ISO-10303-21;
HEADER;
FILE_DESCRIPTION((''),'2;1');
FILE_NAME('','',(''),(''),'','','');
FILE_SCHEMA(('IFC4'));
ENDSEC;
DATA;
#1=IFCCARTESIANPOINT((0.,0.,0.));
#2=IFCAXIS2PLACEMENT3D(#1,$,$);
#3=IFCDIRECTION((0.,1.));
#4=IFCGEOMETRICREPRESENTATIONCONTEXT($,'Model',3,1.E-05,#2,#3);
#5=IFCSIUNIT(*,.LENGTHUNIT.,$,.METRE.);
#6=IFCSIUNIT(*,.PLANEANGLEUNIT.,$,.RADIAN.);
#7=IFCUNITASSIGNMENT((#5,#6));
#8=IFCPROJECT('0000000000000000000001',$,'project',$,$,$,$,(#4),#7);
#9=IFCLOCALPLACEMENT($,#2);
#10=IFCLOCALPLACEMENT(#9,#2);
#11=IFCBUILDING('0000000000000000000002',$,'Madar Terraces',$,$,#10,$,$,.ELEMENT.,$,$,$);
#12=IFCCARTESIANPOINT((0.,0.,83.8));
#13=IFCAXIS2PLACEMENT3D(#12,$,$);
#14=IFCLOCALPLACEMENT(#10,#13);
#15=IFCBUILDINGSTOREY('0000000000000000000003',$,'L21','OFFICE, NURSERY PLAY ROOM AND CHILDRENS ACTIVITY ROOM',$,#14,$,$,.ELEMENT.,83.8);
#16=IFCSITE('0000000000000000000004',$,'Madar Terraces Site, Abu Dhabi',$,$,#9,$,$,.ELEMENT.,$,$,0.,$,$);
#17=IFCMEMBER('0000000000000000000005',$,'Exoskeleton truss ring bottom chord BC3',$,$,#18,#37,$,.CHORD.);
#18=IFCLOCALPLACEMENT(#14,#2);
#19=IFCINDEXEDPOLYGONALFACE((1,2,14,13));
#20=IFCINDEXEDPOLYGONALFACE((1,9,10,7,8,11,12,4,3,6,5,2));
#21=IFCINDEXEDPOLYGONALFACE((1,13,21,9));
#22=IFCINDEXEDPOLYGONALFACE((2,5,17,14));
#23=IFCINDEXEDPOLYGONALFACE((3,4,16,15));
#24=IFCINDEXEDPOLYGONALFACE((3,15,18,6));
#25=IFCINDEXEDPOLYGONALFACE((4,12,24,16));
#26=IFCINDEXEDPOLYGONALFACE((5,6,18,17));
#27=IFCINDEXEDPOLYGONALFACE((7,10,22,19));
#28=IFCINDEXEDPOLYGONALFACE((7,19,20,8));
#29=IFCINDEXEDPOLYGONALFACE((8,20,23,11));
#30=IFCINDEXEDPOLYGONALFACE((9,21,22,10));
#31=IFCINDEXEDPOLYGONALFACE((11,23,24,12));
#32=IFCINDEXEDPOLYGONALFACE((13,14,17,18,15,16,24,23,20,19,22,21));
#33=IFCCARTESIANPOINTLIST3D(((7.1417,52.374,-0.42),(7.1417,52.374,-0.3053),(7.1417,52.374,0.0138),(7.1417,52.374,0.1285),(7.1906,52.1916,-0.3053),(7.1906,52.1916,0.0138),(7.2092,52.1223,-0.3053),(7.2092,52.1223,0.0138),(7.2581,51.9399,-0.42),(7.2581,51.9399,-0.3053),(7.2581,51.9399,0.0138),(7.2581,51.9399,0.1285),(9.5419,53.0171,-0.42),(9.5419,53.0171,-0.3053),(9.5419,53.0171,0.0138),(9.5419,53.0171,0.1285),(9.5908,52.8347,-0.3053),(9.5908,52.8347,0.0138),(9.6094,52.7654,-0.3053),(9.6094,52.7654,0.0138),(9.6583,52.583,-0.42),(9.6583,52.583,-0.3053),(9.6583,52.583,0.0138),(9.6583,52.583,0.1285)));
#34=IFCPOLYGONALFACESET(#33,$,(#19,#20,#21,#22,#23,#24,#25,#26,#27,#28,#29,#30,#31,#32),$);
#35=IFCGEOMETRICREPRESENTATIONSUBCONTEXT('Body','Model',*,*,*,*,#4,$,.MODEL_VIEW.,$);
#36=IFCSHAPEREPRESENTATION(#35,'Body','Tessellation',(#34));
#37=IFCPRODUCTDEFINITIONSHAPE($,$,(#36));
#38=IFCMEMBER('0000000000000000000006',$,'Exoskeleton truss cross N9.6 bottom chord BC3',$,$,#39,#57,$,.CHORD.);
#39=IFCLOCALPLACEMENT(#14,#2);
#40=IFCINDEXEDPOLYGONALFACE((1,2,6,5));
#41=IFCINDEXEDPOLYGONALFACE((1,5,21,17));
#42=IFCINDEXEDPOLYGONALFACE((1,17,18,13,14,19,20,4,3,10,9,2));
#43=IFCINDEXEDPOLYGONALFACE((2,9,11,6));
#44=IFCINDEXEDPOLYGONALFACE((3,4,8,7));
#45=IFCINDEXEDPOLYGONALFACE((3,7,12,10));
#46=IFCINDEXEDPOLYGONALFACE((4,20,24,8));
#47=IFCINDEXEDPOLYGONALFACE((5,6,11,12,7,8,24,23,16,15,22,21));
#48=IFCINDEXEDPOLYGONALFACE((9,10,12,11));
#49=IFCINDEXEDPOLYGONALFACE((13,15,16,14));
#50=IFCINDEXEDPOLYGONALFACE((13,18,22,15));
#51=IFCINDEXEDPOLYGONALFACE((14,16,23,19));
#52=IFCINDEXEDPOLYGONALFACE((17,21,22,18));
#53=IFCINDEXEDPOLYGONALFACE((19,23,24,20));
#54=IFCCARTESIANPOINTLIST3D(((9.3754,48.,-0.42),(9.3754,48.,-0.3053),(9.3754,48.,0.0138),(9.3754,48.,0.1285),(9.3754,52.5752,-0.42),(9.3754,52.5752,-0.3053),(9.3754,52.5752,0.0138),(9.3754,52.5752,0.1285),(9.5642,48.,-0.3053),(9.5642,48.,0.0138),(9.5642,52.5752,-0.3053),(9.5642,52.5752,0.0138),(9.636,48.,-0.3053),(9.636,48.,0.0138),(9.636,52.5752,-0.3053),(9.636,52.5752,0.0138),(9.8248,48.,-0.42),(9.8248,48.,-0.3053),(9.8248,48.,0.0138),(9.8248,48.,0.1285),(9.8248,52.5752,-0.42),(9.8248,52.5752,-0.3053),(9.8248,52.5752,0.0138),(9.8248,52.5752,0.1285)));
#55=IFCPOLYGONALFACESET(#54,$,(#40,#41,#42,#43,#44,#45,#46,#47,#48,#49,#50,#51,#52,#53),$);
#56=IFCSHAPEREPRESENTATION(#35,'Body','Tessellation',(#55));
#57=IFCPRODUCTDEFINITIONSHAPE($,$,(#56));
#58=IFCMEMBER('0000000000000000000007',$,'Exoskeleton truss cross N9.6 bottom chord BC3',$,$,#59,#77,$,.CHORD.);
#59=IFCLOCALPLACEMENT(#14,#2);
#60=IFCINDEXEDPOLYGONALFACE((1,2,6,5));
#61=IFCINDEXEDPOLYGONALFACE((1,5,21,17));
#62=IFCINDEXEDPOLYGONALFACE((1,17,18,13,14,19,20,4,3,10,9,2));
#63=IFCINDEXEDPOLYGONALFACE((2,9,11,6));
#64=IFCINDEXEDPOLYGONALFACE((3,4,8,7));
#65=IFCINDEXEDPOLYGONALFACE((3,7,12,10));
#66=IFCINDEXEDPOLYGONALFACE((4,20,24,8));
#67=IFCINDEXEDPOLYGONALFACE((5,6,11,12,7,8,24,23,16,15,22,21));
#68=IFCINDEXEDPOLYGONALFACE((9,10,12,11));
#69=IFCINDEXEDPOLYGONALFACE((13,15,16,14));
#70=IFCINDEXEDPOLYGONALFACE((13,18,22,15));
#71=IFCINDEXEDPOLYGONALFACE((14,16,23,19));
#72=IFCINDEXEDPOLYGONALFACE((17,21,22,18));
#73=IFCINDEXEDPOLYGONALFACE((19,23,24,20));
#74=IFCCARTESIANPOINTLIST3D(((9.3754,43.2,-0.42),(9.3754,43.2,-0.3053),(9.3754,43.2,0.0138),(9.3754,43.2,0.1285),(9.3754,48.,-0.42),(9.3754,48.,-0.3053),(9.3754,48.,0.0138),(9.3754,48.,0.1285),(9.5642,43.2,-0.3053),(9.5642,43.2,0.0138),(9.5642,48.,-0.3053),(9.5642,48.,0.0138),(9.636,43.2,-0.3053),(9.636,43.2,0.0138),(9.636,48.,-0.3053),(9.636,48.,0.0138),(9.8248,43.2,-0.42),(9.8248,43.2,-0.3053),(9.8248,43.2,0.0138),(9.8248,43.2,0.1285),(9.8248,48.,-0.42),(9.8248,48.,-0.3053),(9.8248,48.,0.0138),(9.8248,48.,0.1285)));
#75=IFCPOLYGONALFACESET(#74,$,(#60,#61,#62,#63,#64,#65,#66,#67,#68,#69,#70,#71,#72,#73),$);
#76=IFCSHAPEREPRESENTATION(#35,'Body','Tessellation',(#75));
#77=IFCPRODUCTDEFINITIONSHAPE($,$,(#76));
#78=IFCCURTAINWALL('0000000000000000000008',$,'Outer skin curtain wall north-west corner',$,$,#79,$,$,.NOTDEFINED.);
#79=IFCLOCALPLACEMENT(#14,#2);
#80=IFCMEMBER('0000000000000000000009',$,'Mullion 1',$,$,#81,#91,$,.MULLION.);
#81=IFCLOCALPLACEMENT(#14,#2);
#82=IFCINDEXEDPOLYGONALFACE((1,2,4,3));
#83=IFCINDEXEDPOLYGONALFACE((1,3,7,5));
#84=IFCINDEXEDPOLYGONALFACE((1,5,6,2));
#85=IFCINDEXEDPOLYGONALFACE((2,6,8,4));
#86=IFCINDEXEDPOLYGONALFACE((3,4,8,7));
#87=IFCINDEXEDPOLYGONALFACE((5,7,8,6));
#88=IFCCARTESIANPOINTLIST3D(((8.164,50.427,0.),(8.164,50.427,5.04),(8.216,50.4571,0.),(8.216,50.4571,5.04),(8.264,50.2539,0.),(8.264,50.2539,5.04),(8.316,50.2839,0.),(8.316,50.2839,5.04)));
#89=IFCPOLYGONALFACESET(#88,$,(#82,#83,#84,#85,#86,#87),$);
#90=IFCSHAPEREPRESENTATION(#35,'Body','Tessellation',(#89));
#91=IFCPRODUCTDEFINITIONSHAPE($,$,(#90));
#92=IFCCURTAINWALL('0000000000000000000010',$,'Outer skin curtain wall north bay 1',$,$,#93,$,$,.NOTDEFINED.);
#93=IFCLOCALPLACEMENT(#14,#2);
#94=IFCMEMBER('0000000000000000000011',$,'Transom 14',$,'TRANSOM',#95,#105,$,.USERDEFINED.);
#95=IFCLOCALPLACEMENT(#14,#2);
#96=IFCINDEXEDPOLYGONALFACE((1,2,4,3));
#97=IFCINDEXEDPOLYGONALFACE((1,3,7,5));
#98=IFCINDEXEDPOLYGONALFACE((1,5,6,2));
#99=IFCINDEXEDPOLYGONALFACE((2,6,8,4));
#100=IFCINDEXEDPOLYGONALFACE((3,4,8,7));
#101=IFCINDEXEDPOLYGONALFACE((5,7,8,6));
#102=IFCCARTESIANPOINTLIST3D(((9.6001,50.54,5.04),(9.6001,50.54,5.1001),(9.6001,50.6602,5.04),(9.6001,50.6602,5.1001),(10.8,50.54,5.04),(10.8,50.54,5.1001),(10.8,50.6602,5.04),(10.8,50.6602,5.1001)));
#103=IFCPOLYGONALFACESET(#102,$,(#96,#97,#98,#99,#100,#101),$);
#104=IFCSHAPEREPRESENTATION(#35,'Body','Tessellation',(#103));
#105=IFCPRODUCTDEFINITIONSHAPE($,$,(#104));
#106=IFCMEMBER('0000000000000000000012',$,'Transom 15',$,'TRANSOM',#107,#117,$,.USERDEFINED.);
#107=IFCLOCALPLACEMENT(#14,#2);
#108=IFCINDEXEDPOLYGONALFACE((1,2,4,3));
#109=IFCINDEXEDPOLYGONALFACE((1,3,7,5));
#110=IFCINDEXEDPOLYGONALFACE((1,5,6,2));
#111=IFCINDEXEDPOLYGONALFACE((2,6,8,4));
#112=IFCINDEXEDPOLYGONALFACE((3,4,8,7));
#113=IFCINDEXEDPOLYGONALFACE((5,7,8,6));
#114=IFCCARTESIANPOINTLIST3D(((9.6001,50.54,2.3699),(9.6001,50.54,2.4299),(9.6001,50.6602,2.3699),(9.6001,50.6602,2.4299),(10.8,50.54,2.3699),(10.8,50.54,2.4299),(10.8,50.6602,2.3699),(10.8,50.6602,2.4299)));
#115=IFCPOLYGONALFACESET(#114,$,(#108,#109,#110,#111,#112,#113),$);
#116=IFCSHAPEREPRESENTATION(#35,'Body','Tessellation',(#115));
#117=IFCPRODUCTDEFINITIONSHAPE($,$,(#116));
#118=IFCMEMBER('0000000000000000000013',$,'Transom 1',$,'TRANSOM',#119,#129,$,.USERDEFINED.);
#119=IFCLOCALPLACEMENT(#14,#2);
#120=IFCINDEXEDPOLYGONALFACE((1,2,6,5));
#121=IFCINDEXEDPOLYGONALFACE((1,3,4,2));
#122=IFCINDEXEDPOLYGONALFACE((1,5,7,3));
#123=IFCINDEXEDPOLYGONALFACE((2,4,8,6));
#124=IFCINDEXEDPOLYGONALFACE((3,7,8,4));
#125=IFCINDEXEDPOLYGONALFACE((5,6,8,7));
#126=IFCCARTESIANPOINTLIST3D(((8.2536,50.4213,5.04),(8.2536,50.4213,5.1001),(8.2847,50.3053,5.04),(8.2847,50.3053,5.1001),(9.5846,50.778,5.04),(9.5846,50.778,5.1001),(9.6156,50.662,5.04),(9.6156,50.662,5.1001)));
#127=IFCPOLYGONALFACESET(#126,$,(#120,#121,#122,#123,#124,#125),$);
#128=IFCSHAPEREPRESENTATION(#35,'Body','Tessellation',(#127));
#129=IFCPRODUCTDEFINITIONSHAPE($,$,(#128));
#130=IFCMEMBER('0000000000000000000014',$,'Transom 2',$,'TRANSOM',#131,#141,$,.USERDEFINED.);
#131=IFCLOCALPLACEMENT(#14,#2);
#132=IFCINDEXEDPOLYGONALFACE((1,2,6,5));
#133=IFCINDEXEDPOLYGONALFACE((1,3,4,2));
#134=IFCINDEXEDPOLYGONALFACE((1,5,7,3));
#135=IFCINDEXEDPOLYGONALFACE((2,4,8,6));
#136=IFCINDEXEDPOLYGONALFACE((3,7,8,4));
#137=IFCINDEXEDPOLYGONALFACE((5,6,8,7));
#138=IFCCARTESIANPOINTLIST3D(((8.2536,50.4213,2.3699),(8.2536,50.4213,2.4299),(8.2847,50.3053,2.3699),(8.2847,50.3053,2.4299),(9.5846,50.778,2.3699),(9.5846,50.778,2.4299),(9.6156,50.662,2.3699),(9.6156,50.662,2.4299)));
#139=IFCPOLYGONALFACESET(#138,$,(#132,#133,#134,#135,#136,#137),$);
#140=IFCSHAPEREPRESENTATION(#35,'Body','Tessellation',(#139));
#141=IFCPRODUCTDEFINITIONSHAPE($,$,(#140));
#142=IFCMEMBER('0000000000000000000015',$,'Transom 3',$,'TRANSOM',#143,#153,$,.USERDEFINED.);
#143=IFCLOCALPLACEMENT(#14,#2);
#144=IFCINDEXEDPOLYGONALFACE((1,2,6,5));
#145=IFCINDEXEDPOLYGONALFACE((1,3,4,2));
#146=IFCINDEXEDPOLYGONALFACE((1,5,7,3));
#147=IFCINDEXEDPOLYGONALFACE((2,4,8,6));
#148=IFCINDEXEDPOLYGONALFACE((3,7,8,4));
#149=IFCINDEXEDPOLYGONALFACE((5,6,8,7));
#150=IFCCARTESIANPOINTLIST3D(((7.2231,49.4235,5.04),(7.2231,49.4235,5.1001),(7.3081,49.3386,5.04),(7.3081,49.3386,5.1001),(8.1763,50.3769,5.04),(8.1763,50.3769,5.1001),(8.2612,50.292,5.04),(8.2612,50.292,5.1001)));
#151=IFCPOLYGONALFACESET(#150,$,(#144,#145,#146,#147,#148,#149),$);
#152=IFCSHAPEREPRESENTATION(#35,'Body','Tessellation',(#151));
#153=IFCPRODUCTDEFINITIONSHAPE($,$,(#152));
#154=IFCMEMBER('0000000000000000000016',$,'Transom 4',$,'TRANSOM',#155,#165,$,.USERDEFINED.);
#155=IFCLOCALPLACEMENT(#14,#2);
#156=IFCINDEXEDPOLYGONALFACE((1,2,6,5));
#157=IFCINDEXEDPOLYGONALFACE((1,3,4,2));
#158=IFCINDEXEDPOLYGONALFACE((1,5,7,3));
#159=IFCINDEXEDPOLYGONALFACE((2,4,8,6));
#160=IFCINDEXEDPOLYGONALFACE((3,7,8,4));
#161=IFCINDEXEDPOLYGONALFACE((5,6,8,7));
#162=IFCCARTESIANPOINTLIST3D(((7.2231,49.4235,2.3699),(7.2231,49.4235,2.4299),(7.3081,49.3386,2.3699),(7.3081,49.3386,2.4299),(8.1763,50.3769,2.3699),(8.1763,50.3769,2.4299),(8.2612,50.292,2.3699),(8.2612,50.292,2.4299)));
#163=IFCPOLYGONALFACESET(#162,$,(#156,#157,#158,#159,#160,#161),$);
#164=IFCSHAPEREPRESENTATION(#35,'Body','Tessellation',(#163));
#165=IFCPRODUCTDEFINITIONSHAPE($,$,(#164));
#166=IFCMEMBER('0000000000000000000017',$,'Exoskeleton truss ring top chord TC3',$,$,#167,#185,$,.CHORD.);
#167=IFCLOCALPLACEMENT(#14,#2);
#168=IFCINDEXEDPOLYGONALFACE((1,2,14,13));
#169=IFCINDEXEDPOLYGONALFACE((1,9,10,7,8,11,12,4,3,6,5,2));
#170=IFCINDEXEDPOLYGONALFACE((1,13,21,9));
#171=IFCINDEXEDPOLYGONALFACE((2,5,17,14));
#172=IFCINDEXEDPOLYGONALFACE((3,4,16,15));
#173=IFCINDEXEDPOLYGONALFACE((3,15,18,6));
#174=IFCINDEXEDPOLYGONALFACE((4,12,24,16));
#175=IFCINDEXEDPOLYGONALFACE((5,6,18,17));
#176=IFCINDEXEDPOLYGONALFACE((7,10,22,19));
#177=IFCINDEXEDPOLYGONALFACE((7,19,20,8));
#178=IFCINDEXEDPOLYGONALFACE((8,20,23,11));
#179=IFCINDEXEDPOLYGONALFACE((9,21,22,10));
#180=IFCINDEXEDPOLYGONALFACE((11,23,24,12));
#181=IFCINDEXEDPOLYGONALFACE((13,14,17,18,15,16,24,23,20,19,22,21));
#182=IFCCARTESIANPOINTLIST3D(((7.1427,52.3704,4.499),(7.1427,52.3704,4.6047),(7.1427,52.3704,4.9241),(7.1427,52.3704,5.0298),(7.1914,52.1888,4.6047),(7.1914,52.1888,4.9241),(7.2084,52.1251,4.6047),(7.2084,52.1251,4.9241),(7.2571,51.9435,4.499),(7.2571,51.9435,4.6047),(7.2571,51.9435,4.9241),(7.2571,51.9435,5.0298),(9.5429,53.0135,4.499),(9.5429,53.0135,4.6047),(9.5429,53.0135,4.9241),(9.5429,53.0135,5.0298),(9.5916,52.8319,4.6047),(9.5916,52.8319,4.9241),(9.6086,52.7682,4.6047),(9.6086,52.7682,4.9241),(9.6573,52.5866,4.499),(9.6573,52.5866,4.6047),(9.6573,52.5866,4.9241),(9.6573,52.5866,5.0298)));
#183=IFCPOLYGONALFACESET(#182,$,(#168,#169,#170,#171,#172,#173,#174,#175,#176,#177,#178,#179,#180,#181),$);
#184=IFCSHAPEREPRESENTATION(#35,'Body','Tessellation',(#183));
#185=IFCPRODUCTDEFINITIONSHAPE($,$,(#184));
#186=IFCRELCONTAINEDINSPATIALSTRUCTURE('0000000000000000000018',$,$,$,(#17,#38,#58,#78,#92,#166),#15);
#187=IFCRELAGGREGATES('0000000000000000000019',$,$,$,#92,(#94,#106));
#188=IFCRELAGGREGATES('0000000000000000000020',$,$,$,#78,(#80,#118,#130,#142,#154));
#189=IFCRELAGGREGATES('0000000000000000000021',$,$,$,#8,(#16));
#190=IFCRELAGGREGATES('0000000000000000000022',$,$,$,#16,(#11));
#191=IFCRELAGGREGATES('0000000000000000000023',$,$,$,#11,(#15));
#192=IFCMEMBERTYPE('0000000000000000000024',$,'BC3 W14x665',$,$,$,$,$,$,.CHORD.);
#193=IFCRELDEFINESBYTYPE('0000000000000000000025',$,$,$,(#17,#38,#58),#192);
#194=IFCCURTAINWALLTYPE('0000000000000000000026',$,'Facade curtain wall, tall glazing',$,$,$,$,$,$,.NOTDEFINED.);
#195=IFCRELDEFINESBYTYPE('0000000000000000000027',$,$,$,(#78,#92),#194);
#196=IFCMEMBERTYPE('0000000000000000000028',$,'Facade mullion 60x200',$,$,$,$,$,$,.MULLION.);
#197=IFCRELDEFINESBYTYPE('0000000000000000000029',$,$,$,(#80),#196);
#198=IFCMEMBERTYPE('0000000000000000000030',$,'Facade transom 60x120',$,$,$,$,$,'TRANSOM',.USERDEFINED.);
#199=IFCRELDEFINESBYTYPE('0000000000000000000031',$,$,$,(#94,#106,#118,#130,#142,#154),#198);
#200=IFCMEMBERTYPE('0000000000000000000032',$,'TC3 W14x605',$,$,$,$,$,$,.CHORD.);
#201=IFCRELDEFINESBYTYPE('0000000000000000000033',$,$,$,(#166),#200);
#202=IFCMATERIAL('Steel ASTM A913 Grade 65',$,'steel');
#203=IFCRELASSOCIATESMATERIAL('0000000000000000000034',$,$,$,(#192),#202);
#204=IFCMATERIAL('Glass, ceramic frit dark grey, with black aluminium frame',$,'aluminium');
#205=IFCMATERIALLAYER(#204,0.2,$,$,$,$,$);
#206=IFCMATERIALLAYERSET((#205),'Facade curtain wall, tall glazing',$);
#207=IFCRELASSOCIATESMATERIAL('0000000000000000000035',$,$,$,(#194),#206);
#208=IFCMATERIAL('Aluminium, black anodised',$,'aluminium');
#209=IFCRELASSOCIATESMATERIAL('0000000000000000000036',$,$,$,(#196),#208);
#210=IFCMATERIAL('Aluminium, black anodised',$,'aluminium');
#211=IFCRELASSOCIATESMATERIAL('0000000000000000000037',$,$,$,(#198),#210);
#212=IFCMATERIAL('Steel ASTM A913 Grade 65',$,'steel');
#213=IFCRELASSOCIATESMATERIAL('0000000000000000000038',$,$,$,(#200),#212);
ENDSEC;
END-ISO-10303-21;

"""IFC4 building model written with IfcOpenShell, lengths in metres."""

from ifc_helpers import new_model, si_unit, direction, frame, origin, origin_2d, place, context, subcontext, project, spatial, rectangle, i_section, extrude, material, layer, layer_set, material_profile, profile_set, type_object, element, aggregate, save


model = new_model("IFC4")

# Units and contexts
model_context = context("Model", 3, precision=1e-05, world=origin(), true_north=direction((0.0, 1.0)))
body_context = subcontext(model_context, "Body", "Model", "MODEL_VIEW")
ifc_project = project(units=[si_unit("LENGTHUNIT", "METRE"), si_unit("PLANEANGLEUNIT", "RADIAN")], contexts=[model_context])

# Site, building, storey
site_placement = place(None, origin())
site = spatial("IfcSite", under=ifc_project, at=site_placement, Name="Madar Terraces Site, Abu Dhabi", CompositionType="ELEMENT", RefElevation=0.0)
building_placement = place(site_placement, origin())
building = spatial("IfcBuilding", under=site, at=building_placement, Name="Madar Terraces", CompositionType="ELEMENT")
storey_placement = place(building_placement, frame((0.0, 0.0, 83.8)))
storey = spatial("IfcBuildingStorey", under=building, at=storey_placement, Name="L21", Description="OFFICE, NURSERY PLAY ROOM AND CHILDRENS ACTIVITY ROOM", CompositionType="ELEMENT", Elevation=83.8)

# Members
ifc_material_1 = material(Name="Steel ASTM A913 Grade 65", Category="steel")
ifc_material_profile_1 = material_profile(ifc_material_1, i_section(OverallWidth=0.4495, OverallDepth=0.5486, WebThickness=0.0718, FlangeThickness=0.1147, at=origin_2d()), Name="W14x665")
ifc_profile_set_1 = profile_set([ifc_material_profile_1], Name="Steel ASTM A913 Grade 65")
member_type_1 = type_object("IfcMemberType", Name="BC3 W14x665", PredefinedType="CHORD", material=ifc_profile_set_1)
member_1_placement = place(storey_placement, frame((9.6001, 52.8, -0.1458), z_axis=(-0.965931, -0.2588, 0.0), x_axis=(0.2588, -0.965931, 0.0)))
element("IfcMember", 1, at=member_1_placement, inside=storey, type_object=member_type_1, Name="Exoskeleton truss ring bottom chord BC3", PredefinedType="CHORD", context=body_context, shape_type="SweptSolid", body=[
    extrude(i_section(OverallWidth=0.4495, OverallDepth=0.5486, WebThickness=0.0718, FlangeThickness=0.1147, at=origin_2d()), origin(), (0.0, 0.0, 1.0), 2.4849),
])
member_2_placement = place(storey_placement, frame((9.6001, 52.5752, -0.1458), z_axis=(0.0, -1.0, 0.0), x_axis=(1.0, 0.0, 0.0)))
element("IfcMember", 2, at=member_2_placement, inside=storey, type_object=member_type_1, Name="Exoskeleton truss cross N9.6 bottom chord BC3", PredefinedType="CHORD", context=body_context, shape_type="SweptSolid", body=[
    extrude(i_section(OverallWidth=0.4495, OverallDepth=0.5486, WebThickness=0.0718, FlangeThickness=0.1147, at=origin_2d()), origin(), (0.0, 0.0, 1.0), 4.5752),
])
member_3_placement = place(storey_placement, frame((9.6001, 48.0, -0.1458), z_axis=(0.0, -1.0, 0.0), x_axis=(1.0, 0.0, 0.0)))
element("IfcMember", 3, at=member_3_placement, inside=storey, type_object=member_type_1, Name="Exoskeleton truss cross N9.6 bottom chord BC3", PredefinedType="CHORD", context=body_context, shape_type="SweptSolid", body=[
    extrude(i_section(OverallWidth=0.4495, OverallDepth=0.5486, WebThickness=0.0718, FlangeThickness=0.1147, at=origin_2d()), origin(), (0.0, 0.0, 1.0), 4.8),
])

# Curtain wall, member
ifc_material_2 = material(Name="Glass, ceramic frit dark grey, with black aluminium frame", Category="aluminium")
ifc_layer_1 = layer(ifc_material_2, 0.2)
ifc_layer_set_1 = layer_set([ifc_layer_1], Name="Facade curtain wall, tall glazing")
curtain_wall_type = type_object("IfcCurtainWallType", Name="Facade curtain wall, tall glazing", PredefinedType="NOTDEFINED", material=ifc_layer_set_1)
curtain_wall_1_placement = place(storey_placement, origin())
curtain_wall_1 = element("IfcCurtainWall", 4, at=curtain_wall_1_placement, inside=storey, type_object=curtain_wall_type, Name="Outer skin curtain wall north-west corner", PredefinedType="NOTDEFINED")
ifc_material_3 = material(Name="Aluminium, black anodised", Category="aluminium")
ifc_material_profile_2 = material_profile(ifc_material_3, rectangle(XDim=0.2, YDim=0.0601, at=origin_2d()), Name="Facade mullion 60x200")
ifc_profile_set_2 = profile_set([ifc_material_profile_2], Name="Aluminium, black anodised")
member_type_2 = type_object("IfcMemberType", Name="Facade mullion 60x200", PredefinedType="MULLION", material=ifc_profile_set_2)
member_4_placement = place(storey_placement, frame((8.24, 50.3555, 0.0), z_axis=(0.0, 0.0, 1.0), x_axis=(0.5, -0.866025, 0.0)))
member_4 = element("IfcMember", 5, at=member_4_placement, type_object=member_type_2, Name="Mullion 1", PredefinedType="MULLION", context=body_context, shape_type="SweptSolid", body=[
    extrude(rectangle(XDim=0.2, YDim=0.0601, at=origin_2d()), origin(), (0.0, 0.0, 1.0), 5.04),
])

# Curtain wall, members
curtain_wall_2_placement = place(storey_placement, origin())
curtain_wall_2 = element("IfcCurtainWall", 6, at=curtain_wall_2_placement, inside=storey, type_object=curtain_wall_type, Name="Outer skin curtain wall north bay 1", PredefinedType="NOTDEFINED")
ifc_material_4 = material(Name="Aluminium, black anodised", Category="aluminium")
ifc_material_profile_3 = material_profile(ifc_material_4, rectangle(XDim=0.1201, YDim=0.0601, at=origin_2d()), Name="Facade transom 60x120")
ifc_profile_set_3 = profile_set([ifc_material_profile_3], Name="Aluminium, black anodised")
member_type_3 = type_object("IfcMemberType", Name="Facade transom 60x120", ElementType="TRANSOM", PredefinedType="USERDEFINED", material=ifc_profile_set_3)
member_5_placement = place(storey_placement, frame((10.8, 50.6001, 5.0701), z_axis=(-1.0, 0.0, 0.0), x_axis=(0.0, -1.0, 0.0)))
member_5 = element("IfcMember", 7, at=member_5_placement, type_object=member_type_3, Name="Transom 14", ObjectType="TRANSOM", PredefinedType="USERDEFINED", context=body_context, shape_type="SweptSolid", body=[
    extrude(rectangle(XDim=0.1201, YDim=0.0601, at=origin_2d()), origin(), (0.0, 0.0, 1.0), 1.2),
])
member_6_placement = place(storey_placement, frame((10.8, 50.6001, 2.3999), z_axis=(-1.0, 0.0, 0.0), x_axis=(0.0, -1.0, 0.0)))
member_6 = element("IfcMember", 8, at=member_6_placement, type_object=member_type_3, Name="Transom 15", ObjectType="TRANSOM", PredefinedType="USERDEFINED", context=body_context, shape_type="SweptSolid", body=[
    extrude(rectangle(XDim=0.1201, YDim=0.0601, at=origin_2d()), origin(), (0.0, 0.0, 1.0), 1.2),
])

# Members
member_7_placement = place(storey_placement, frame((9.6001, 50.72, 5.0701), z_axis=(-0.96592, -0.258842, 0.0), x_axis=(0.258842, -0.96592, 0.0)))
member_7 = element("IfcMember", 9, at=member_7_placement, type_object=member_type_3, Name="Transom 1", ObjectType="TRANSOM", PredefinedType="USERDEFINED", context=body_context, shape_type="SweptSolid", body=[
    extrude(rectangle(XDim=0.1201, YDim=0.0601, at=origin_2d()), origin(), (0.0, 0.0, 1.0), 1.3779),
])
member_8_placement = place(storey_placement, frame((9.6001, 50.72, 2.3999), z_axis=(-0.96592, -0.258842, 0.0), x_axis=(0.258842, -0.96592, 0.0)))
member_8 = element("IfcMember", 10, at=member_8_placement, type_object=member_type_3, Name="Transom 2", ObjectType="TRANSOM", PredefinedType="USERDEFINED", context=body_context, shape_type="SweptSolid", body=[
    extrude(rectangle(XDim=0.1201, YDim=0.0601, at=origin_2d()), origin(), (0.0, 0.0, 1.0), 1.3779),
])
member_9_placement = place(storey_placement, frame((8.2188, 50.3345, 5.0701), z_axis=(-0.707016, -0.707197, 0.0), x_axis=(0.707197, -0.707016, 0.0)))
member_9 = element("IfcMember", 11, at=member_9_placement, type_object=member_type_3, Name="Transom 3", ObjectType="TRANSOM", PredefinedType="USERDEFINED", context=body_context, shape_type="SweptSolid", body=[
    extrude(rectangle(XDim=0.1201, YDim=0.0601, at=origin_2d()), origin(), (0.0, 0.0, 1.0), 1.3481),
])
member_10_placement = place(storey_placement, frame((8.2188, 50.3345, 2.3999), z_axis=(-0.707016, -0.707197, 0.0), x_axis=(0.707197, -0.707016, 0.0)))
member_10 = element("IfcMember", 12, at=member_10_placement, type_object=member_type_3, Name="Transom 4", ObjectType="TRANSOM", PredefinedType="USERDEFINED", context=body_context, shape_type="SweptSolid", body=[
    extrude(rectangle(XDim=0.1201, YDim=0.0601, at=origin_2d()), origin(), (0.0, 0.0, 1.0), 1.3481),
])

# Member
ifc_material_5 = material(Name="Steel ASTM A913 Grade 65", Category="steel")
ifc_material_profile_4 = material_profile(ifc_material_5, i_section(OverallWidth=0.4419, OverallDepth=0.5308, WebThickness=0.0659, FlangeThickness=0.1057, at=origin_2d()), Name="W14x605")
ifc_profile_set_4 = profile_set([ifc_material_profile_4], Name="Steel ASTM A913 Grade 65")
member_type_4 = type_object("IfcMemberType", Name="TC3 W14x605", PredefinedType="CHORD", material=ifc_profile_set_4)
member_11_placement = place(storey_placement, frame((9.6001, 52.8, 4.7644), z_axis=(-0.965931, -0.2588, 0.0), x_axis=(0.2588, -0.965931, 0.0)))
element("IfcMember", 13, at=member_11_placement, inside=storey, type_object=member_type_4, Name="Exoskeleton truss ring top chord TC3", PredefinedType="CHORD", context=body_context, shape_type="SweptSolid", body=[
    extrude(i_section(OverallWidth=0.4419, OverallDepth=0.5308, WebThickness=0.0659, FlangeThickness=0.1057, at=origin_2d()), origin(), (0.0, 0.0, 1.0), 2.4849),
])

aggregate(curtain_wall_2, [member_5, member_6])
aggregate(curtain_wall_1, [member_4, member_7, member_8, member_9, member_10])

save(model, "model.ifc")
